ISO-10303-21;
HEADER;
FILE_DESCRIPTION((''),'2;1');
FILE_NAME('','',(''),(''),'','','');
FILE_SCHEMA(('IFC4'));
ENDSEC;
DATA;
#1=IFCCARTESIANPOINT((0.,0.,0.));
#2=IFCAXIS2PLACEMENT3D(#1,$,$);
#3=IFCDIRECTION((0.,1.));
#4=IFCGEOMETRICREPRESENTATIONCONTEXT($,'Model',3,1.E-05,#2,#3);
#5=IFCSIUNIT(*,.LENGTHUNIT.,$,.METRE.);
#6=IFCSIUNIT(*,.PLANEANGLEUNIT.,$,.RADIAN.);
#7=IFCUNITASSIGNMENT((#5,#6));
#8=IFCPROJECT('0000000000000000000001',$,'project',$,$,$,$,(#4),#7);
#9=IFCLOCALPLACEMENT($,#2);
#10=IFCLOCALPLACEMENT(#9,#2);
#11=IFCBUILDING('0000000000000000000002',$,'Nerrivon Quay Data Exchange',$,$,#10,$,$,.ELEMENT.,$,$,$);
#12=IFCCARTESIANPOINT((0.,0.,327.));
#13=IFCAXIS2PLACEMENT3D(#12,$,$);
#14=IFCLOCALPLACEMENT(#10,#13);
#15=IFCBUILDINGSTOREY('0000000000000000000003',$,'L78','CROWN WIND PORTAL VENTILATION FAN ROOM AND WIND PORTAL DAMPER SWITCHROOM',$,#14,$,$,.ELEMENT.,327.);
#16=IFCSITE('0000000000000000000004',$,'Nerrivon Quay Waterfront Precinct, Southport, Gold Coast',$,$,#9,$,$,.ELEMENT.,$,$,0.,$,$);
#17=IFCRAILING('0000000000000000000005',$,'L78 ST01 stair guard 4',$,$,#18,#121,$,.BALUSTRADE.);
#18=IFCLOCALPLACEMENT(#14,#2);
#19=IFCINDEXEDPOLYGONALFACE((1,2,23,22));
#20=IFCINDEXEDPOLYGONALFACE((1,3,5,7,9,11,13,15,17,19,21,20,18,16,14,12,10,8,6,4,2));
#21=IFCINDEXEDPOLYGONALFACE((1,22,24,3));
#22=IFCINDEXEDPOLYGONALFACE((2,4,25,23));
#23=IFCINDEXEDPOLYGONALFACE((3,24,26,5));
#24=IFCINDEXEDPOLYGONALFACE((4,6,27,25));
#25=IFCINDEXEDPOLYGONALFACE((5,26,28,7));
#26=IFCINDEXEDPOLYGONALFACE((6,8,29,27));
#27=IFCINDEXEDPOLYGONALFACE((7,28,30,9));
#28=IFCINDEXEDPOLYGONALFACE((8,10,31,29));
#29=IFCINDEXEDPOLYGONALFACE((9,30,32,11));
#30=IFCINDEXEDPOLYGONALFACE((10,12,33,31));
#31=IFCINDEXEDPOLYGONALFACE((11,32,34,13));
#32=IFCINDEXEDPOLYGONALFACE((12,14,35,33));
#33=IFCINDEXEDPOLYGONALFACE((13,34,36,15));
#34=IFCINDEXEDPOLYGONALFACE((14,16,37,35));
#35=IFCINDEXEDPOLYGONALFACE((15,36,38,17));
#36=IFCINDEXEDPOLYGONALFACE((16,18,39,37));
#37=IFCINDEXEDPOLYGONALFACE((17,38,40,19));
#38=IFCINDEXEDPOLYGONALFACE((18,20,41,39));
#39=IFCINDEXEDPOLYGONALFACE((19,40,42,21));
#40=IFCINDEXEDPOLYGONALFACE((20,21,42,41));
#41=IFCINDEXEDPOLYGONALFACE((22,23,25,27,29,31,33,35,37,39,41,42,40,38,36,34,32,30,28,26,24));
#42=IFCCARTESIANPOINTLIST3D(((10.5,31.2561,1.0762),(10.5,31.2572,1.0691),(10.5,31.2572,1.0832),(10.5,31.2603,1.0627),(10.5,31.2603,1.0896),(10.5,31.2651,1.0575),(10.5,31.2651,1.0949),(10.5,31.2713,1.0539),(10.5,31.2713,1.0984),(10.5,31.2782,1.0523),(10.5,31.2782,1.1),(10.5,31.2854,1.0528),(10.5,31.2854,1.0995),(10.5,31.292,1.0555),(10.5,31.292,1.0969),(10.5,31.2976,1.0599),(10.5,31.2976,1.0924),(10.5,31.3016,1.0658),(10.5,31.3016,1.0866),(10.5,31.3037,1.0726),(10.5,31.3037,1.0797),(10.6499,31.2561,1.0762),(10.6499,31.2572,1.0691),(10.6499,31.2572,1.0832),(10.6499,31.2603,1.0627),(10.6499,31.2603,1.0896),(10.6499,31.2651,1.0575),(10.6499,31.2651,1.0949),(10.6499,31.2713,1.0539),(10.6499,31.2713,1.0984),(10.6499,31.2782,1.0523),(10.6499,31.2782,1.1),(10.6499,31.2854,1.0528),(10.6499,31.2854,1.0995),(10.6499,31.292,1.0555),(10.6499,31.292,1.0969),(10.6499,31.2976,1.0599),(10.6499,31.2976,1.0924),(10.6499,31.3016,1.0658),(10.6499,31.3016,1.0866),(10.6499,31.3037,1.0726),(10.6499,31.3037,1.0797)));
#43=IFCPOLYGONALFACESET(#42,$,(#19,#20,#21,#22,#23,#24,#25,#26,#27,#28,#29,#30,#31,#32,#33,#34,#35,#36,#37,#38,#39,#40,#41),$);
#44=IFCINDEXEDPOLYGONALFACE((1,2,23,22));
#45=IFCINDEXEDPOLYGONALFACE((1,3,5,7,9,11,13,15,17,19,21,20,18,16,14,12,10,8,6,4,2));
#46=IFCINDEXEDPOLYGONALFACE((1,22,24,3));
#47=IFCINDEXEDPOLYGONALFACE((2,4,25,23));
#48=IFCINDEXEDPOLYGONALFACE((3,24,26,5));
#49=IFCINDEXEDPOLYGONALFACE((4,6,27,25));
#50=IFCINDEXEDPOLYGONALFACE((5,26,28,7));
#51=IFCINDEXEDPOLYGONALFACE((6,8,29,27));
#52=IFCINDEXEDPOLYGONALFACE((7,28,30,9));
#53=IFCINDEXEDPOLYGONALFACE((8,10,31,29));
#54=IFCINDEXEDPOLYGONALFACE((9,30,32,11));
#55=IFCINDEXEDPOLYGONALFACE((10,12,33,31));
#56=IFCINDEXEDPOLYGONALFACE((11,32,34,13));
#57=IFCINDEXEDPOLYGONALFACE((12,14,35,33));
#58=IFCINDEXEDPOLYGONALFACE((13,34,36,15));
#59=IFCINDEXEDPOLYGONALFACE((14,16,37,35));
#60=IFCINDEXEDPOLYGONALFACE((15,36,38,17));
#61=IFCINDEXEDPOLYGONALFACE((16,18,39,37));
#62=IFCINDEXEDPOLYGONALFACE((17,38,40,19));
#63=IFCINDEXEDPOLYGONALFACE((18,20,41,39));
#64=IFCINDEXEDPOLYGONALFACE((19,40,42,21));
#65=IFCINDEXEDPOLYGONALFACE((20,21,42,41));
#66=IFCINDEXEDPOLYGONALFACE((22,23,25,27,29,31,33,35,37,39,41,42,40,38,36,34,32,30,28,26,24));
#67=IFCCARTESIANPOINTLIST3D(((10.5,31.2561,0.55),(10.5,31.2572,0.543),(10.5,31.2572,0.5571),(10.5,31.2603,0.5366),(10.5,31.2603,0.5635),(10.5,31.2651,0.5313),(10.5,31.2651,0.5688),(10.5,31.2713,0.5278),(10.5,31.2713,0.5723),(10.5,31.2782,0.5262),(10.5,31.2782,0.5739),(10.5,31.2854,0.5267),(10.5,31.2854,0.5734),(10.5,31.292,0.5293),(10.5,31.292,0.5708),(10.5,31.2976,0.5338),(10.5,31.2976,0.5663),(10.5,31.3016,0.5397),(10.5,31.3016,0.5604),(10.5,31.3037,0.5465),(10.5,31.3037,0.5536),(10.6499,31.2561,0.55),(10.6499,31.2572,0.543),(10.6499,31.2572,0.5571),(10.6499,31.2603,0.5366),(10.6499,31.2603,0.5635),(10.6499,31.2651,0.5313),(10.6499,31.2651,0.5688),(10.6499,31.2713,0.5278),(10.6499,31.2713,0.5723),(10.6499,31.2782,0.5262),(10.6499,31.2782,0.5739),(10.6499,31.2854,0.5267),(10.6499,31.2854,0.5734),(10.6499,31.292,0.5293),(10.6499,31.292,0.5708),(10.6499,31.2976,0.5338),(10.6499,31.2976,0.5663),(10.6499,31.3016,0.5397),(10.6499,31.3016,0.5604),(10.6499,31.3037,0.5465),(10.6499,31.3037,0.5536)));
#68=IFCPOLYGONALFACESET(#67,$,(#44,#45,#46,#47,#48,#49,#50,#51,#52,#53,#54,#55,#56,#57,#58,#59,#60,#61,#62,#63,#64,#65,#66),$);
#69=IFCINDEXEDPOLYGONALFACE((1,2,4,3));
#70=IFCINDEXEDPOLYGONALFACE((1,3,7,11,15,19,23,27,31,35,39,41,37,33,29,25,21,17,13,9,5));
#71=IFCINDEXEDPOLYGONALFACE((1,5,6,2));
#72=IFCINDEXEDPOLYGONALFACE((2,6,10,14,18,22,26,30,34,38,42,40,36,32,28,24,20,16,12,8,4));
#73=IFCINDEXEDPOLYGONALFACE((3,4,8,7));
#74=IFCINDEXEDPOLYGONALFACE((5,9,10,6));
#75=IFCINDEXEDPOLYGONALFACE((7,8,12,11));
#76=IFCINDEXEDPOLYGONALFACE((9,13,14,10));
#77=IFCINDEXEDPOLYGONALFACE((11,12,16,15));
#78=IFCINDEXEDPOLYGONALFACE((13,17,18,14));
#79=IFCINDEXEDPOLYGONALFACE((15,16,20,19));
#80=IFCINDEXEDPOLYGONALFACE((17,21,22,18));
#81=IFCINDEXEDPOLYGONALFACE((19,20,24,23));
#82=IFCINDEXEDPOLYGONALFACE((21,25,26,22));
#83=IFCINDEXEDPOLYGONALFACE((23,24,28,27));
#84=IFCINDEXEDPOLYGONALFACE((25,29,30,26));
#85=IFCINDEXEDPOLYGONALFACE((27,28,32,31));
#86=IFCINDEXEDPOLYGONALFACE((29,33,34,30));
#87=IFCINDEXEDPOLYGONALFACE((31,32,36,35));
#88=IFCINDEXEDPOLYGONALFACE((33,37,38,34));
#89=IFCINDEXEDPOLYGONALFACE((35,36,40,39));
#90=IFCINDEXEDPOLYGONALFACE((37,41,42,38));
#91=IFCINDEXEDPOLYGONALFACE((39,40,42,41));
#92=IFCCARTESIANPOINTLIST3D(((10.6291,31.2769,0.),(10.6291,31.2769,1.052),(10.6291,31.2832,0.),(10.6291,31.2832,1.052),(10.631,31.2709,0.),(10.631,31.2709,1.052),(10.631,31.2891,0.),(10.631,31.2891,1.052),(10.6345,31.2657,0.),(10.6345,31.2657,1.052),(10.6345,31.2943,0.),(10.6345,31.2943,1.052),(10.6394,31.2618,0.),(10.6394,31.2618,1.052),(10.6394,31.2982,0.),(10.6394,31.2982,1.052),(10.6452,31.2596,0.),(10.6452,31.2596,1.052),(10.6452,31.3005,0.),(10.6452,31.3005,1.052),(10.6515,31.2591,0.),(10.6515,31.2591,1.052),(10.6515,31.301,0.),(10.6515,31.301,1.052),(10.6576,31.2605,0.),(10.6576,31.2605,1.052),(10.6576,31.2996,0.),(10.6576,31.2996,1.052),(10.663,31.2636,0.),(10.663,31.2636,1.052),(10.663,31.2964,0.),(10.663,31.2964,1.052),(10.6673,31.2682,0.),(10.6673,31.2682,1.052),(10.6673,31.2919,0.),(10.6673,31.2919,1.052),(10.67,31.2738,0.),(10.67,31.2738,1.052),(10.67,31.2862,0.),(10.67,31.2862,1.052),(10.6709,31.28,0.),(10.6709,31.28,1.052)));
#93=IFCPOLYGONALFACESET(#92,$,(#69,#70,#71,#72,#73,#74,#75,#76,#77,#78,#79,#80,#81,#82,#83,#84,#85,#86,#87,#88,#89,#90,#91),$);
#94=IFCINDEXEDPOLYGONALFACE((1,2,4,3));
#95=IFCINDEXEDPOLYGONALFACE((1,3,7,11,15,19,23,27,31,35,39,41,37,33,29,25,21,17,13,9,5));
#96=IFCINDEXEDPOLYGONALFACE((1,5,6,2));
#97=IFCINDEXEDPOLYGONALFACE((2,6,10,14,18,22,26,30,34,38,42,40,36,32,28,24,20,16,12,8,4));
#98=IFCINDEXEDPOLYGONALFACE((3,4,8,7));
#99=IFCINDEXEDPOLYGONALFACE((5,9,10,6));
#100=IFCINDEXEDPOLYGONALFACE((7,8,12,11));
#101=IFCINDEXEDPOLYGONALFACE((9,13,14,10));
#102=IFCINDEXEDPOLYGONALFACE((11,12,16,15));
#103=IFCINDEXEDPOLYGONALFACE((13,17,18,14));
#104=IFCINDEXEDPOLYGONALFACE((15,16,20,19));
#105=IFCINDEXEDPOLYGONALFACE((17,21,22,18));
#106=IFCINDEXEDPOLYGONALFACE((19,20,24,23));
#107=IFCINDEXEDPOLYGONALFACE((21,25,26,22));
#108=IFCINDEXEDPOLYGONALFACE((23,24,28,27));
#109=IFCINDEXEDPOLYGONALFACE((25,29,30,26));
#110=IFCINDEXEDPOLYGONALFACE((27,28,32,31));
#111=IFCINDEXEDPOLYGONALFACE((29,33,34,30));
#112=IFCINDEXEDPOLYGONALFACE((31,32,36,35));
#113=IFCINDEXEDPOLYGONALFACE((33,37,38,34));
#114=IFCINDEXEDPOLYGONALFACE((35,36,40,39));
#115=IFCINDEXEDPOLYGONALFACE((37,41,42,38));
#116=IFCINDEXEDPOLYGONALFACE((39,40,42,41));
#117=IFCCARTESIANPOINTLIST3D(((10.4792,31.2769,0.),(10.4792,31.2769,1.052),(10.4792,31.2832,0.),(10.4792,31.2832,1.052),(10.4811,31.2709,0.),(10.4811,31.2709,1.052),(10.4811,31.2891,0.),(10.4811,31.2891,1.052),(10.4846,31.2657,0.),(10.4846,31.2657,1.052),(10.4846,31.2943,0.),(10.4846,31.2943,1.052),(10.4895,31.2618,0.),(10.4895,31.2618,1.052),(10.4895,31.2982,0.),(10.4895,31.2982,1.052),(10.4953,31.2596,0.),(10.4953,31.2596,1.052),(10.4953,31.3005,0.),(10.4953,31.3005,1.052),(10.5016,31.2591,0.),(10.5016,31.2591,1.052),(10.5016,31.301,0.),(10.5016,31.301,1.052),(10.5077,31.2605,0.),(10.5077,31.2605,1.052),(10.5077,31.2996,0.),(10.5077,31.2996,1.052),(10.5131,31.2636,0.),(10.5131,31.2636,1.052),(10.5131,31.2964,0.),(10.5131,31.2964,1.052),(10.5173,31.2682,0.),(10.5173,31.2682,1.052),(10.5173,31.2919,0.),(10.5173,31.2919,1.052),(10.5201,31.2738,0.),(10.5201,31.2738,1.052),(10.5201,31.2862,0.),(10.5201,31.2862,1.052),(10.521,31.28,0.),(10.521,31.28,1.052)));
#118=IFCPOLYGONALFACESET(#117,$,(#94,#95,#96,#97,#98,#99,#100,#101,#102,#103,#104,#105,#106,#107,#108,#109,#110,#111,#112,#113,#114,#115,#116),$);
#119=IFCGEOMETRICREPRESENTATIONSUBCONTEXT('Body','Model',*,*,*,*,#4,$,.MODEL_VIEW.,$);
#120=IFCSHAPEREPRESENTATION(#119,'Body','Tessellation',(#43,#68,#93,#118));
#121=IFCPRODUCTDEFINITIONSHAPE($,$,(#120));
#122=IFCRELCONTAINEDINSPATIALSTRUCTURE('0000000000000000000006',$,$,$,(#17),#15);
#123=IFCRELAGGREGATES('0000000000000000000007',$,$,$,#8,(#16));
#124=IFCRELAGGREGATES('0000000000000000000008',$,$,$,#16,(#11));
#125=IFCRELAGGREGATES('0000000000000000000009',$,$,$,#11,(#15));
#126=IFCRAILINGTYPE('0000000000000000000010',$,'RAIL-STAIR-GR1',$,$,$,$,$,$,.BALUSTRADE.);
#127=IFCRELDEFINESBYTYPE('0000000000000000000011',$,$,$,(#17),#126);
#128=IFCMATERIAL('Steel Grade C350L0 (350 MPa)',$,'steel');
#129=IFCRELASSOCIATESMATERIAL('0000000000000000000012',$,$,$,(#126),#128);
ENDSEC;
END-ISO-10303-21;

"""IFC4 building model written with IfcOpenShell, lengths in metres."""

from ifc_helpers import new_model, si_unit, direction, frame, origin, origin_2d, place, context, subcontext, project, spatial, circle, extrude, material, type_object, element, save


model = new_model("IFC4")

# Units and contexts
model_context = context("Model", 3, precision=1e-05, world=origin(), true_north=direction((0.0, 1.0)))
body_context = subcontext(model_context, "Body", "Model", "MODEL_VIEW")
ifc_project = project(units=[si_unit("LENGTHUNIT", "METRE"), si_unit("PLANEANGLEUNIT", "RADIAN")], contexts=[model_context])

# Site, building, storey
site_placement = place(None, origin())
site = spatial("IfcSite", under=ifc_project, at=site_placement, Name="Nerrivon Quay Waterfront Precinct, Southport, Gold Coast", CompositionType="ELEMENT", RefElevation=0.0)
building_placement = place(site_placement, origin())
building = spatial("IfcBuilding", under=site, at=building_placement, Name="Nerrivon Quay Data Exchange", CompositionType="ELEMENT")
storey_placement = place(building_placement, frame((0.0, 0.0, 327.0)))
storey = spatial("IfcBuildingStorey", under=building, at=storey_placement, Name="L78", Description="CROWN WIND PORTAL VENTILATION FAN ROOM AND WIND PORTAL DAMPER SWITCHROOM", CompositionType="ELEMENT", Elevation=327.0)

# Railing
ifc_material_1 = material(Name="Steel Grade C350L0 (350 MPa)", Category="steel")
railing_type_1 = type_object("IfcRailingType", Name="RAIL-STAIR-GR1", PredefinedType="BALUSTRADE", material=ifc_material_1)
railing_1_placement = place(storey_placement, frame((10.6499, 31.28, 0.0)))
element("IfcRailing", 1, at=railing_1_placement, inside=storey, type_object=railing_type_1, Name="L78 ST01 stair guard 4", PredefinedType="BALUSTRADE", context=body_context, shape_type="SweptSolid", body=[
    extrude(circle(Radius=0.0239, at=origin_2d()), frame((0.0, 0.0, 1.0762), z_axis=(-1.0, 0.0, 0.0), x_axis=(0.0, -1.0, 0.0)), (0.0, 0.0, 1.0), 0.1499),
    extrude(circle(Radius=0.0239, at=origin_2d()), frame((0.0, 0.0, 0.55), z_axis=(-1.0, 0.0, 0.0), x_axis=(0.0, -1.0, 0.0)), (0.0, 0.0, 1.0), 0.1499),
    extrude(circle(Radius=0.021, at=origin_2d()), origin(), (0.0, 0.0, 1.0), 1.052),
    extrude(circle(Radius=0.021, at=origin_2d()), frame((-0.1499, 0.0, 0.0)), (0.0, 0.0, 1.0), 1.052),
])

save(model, "model.ifc")
